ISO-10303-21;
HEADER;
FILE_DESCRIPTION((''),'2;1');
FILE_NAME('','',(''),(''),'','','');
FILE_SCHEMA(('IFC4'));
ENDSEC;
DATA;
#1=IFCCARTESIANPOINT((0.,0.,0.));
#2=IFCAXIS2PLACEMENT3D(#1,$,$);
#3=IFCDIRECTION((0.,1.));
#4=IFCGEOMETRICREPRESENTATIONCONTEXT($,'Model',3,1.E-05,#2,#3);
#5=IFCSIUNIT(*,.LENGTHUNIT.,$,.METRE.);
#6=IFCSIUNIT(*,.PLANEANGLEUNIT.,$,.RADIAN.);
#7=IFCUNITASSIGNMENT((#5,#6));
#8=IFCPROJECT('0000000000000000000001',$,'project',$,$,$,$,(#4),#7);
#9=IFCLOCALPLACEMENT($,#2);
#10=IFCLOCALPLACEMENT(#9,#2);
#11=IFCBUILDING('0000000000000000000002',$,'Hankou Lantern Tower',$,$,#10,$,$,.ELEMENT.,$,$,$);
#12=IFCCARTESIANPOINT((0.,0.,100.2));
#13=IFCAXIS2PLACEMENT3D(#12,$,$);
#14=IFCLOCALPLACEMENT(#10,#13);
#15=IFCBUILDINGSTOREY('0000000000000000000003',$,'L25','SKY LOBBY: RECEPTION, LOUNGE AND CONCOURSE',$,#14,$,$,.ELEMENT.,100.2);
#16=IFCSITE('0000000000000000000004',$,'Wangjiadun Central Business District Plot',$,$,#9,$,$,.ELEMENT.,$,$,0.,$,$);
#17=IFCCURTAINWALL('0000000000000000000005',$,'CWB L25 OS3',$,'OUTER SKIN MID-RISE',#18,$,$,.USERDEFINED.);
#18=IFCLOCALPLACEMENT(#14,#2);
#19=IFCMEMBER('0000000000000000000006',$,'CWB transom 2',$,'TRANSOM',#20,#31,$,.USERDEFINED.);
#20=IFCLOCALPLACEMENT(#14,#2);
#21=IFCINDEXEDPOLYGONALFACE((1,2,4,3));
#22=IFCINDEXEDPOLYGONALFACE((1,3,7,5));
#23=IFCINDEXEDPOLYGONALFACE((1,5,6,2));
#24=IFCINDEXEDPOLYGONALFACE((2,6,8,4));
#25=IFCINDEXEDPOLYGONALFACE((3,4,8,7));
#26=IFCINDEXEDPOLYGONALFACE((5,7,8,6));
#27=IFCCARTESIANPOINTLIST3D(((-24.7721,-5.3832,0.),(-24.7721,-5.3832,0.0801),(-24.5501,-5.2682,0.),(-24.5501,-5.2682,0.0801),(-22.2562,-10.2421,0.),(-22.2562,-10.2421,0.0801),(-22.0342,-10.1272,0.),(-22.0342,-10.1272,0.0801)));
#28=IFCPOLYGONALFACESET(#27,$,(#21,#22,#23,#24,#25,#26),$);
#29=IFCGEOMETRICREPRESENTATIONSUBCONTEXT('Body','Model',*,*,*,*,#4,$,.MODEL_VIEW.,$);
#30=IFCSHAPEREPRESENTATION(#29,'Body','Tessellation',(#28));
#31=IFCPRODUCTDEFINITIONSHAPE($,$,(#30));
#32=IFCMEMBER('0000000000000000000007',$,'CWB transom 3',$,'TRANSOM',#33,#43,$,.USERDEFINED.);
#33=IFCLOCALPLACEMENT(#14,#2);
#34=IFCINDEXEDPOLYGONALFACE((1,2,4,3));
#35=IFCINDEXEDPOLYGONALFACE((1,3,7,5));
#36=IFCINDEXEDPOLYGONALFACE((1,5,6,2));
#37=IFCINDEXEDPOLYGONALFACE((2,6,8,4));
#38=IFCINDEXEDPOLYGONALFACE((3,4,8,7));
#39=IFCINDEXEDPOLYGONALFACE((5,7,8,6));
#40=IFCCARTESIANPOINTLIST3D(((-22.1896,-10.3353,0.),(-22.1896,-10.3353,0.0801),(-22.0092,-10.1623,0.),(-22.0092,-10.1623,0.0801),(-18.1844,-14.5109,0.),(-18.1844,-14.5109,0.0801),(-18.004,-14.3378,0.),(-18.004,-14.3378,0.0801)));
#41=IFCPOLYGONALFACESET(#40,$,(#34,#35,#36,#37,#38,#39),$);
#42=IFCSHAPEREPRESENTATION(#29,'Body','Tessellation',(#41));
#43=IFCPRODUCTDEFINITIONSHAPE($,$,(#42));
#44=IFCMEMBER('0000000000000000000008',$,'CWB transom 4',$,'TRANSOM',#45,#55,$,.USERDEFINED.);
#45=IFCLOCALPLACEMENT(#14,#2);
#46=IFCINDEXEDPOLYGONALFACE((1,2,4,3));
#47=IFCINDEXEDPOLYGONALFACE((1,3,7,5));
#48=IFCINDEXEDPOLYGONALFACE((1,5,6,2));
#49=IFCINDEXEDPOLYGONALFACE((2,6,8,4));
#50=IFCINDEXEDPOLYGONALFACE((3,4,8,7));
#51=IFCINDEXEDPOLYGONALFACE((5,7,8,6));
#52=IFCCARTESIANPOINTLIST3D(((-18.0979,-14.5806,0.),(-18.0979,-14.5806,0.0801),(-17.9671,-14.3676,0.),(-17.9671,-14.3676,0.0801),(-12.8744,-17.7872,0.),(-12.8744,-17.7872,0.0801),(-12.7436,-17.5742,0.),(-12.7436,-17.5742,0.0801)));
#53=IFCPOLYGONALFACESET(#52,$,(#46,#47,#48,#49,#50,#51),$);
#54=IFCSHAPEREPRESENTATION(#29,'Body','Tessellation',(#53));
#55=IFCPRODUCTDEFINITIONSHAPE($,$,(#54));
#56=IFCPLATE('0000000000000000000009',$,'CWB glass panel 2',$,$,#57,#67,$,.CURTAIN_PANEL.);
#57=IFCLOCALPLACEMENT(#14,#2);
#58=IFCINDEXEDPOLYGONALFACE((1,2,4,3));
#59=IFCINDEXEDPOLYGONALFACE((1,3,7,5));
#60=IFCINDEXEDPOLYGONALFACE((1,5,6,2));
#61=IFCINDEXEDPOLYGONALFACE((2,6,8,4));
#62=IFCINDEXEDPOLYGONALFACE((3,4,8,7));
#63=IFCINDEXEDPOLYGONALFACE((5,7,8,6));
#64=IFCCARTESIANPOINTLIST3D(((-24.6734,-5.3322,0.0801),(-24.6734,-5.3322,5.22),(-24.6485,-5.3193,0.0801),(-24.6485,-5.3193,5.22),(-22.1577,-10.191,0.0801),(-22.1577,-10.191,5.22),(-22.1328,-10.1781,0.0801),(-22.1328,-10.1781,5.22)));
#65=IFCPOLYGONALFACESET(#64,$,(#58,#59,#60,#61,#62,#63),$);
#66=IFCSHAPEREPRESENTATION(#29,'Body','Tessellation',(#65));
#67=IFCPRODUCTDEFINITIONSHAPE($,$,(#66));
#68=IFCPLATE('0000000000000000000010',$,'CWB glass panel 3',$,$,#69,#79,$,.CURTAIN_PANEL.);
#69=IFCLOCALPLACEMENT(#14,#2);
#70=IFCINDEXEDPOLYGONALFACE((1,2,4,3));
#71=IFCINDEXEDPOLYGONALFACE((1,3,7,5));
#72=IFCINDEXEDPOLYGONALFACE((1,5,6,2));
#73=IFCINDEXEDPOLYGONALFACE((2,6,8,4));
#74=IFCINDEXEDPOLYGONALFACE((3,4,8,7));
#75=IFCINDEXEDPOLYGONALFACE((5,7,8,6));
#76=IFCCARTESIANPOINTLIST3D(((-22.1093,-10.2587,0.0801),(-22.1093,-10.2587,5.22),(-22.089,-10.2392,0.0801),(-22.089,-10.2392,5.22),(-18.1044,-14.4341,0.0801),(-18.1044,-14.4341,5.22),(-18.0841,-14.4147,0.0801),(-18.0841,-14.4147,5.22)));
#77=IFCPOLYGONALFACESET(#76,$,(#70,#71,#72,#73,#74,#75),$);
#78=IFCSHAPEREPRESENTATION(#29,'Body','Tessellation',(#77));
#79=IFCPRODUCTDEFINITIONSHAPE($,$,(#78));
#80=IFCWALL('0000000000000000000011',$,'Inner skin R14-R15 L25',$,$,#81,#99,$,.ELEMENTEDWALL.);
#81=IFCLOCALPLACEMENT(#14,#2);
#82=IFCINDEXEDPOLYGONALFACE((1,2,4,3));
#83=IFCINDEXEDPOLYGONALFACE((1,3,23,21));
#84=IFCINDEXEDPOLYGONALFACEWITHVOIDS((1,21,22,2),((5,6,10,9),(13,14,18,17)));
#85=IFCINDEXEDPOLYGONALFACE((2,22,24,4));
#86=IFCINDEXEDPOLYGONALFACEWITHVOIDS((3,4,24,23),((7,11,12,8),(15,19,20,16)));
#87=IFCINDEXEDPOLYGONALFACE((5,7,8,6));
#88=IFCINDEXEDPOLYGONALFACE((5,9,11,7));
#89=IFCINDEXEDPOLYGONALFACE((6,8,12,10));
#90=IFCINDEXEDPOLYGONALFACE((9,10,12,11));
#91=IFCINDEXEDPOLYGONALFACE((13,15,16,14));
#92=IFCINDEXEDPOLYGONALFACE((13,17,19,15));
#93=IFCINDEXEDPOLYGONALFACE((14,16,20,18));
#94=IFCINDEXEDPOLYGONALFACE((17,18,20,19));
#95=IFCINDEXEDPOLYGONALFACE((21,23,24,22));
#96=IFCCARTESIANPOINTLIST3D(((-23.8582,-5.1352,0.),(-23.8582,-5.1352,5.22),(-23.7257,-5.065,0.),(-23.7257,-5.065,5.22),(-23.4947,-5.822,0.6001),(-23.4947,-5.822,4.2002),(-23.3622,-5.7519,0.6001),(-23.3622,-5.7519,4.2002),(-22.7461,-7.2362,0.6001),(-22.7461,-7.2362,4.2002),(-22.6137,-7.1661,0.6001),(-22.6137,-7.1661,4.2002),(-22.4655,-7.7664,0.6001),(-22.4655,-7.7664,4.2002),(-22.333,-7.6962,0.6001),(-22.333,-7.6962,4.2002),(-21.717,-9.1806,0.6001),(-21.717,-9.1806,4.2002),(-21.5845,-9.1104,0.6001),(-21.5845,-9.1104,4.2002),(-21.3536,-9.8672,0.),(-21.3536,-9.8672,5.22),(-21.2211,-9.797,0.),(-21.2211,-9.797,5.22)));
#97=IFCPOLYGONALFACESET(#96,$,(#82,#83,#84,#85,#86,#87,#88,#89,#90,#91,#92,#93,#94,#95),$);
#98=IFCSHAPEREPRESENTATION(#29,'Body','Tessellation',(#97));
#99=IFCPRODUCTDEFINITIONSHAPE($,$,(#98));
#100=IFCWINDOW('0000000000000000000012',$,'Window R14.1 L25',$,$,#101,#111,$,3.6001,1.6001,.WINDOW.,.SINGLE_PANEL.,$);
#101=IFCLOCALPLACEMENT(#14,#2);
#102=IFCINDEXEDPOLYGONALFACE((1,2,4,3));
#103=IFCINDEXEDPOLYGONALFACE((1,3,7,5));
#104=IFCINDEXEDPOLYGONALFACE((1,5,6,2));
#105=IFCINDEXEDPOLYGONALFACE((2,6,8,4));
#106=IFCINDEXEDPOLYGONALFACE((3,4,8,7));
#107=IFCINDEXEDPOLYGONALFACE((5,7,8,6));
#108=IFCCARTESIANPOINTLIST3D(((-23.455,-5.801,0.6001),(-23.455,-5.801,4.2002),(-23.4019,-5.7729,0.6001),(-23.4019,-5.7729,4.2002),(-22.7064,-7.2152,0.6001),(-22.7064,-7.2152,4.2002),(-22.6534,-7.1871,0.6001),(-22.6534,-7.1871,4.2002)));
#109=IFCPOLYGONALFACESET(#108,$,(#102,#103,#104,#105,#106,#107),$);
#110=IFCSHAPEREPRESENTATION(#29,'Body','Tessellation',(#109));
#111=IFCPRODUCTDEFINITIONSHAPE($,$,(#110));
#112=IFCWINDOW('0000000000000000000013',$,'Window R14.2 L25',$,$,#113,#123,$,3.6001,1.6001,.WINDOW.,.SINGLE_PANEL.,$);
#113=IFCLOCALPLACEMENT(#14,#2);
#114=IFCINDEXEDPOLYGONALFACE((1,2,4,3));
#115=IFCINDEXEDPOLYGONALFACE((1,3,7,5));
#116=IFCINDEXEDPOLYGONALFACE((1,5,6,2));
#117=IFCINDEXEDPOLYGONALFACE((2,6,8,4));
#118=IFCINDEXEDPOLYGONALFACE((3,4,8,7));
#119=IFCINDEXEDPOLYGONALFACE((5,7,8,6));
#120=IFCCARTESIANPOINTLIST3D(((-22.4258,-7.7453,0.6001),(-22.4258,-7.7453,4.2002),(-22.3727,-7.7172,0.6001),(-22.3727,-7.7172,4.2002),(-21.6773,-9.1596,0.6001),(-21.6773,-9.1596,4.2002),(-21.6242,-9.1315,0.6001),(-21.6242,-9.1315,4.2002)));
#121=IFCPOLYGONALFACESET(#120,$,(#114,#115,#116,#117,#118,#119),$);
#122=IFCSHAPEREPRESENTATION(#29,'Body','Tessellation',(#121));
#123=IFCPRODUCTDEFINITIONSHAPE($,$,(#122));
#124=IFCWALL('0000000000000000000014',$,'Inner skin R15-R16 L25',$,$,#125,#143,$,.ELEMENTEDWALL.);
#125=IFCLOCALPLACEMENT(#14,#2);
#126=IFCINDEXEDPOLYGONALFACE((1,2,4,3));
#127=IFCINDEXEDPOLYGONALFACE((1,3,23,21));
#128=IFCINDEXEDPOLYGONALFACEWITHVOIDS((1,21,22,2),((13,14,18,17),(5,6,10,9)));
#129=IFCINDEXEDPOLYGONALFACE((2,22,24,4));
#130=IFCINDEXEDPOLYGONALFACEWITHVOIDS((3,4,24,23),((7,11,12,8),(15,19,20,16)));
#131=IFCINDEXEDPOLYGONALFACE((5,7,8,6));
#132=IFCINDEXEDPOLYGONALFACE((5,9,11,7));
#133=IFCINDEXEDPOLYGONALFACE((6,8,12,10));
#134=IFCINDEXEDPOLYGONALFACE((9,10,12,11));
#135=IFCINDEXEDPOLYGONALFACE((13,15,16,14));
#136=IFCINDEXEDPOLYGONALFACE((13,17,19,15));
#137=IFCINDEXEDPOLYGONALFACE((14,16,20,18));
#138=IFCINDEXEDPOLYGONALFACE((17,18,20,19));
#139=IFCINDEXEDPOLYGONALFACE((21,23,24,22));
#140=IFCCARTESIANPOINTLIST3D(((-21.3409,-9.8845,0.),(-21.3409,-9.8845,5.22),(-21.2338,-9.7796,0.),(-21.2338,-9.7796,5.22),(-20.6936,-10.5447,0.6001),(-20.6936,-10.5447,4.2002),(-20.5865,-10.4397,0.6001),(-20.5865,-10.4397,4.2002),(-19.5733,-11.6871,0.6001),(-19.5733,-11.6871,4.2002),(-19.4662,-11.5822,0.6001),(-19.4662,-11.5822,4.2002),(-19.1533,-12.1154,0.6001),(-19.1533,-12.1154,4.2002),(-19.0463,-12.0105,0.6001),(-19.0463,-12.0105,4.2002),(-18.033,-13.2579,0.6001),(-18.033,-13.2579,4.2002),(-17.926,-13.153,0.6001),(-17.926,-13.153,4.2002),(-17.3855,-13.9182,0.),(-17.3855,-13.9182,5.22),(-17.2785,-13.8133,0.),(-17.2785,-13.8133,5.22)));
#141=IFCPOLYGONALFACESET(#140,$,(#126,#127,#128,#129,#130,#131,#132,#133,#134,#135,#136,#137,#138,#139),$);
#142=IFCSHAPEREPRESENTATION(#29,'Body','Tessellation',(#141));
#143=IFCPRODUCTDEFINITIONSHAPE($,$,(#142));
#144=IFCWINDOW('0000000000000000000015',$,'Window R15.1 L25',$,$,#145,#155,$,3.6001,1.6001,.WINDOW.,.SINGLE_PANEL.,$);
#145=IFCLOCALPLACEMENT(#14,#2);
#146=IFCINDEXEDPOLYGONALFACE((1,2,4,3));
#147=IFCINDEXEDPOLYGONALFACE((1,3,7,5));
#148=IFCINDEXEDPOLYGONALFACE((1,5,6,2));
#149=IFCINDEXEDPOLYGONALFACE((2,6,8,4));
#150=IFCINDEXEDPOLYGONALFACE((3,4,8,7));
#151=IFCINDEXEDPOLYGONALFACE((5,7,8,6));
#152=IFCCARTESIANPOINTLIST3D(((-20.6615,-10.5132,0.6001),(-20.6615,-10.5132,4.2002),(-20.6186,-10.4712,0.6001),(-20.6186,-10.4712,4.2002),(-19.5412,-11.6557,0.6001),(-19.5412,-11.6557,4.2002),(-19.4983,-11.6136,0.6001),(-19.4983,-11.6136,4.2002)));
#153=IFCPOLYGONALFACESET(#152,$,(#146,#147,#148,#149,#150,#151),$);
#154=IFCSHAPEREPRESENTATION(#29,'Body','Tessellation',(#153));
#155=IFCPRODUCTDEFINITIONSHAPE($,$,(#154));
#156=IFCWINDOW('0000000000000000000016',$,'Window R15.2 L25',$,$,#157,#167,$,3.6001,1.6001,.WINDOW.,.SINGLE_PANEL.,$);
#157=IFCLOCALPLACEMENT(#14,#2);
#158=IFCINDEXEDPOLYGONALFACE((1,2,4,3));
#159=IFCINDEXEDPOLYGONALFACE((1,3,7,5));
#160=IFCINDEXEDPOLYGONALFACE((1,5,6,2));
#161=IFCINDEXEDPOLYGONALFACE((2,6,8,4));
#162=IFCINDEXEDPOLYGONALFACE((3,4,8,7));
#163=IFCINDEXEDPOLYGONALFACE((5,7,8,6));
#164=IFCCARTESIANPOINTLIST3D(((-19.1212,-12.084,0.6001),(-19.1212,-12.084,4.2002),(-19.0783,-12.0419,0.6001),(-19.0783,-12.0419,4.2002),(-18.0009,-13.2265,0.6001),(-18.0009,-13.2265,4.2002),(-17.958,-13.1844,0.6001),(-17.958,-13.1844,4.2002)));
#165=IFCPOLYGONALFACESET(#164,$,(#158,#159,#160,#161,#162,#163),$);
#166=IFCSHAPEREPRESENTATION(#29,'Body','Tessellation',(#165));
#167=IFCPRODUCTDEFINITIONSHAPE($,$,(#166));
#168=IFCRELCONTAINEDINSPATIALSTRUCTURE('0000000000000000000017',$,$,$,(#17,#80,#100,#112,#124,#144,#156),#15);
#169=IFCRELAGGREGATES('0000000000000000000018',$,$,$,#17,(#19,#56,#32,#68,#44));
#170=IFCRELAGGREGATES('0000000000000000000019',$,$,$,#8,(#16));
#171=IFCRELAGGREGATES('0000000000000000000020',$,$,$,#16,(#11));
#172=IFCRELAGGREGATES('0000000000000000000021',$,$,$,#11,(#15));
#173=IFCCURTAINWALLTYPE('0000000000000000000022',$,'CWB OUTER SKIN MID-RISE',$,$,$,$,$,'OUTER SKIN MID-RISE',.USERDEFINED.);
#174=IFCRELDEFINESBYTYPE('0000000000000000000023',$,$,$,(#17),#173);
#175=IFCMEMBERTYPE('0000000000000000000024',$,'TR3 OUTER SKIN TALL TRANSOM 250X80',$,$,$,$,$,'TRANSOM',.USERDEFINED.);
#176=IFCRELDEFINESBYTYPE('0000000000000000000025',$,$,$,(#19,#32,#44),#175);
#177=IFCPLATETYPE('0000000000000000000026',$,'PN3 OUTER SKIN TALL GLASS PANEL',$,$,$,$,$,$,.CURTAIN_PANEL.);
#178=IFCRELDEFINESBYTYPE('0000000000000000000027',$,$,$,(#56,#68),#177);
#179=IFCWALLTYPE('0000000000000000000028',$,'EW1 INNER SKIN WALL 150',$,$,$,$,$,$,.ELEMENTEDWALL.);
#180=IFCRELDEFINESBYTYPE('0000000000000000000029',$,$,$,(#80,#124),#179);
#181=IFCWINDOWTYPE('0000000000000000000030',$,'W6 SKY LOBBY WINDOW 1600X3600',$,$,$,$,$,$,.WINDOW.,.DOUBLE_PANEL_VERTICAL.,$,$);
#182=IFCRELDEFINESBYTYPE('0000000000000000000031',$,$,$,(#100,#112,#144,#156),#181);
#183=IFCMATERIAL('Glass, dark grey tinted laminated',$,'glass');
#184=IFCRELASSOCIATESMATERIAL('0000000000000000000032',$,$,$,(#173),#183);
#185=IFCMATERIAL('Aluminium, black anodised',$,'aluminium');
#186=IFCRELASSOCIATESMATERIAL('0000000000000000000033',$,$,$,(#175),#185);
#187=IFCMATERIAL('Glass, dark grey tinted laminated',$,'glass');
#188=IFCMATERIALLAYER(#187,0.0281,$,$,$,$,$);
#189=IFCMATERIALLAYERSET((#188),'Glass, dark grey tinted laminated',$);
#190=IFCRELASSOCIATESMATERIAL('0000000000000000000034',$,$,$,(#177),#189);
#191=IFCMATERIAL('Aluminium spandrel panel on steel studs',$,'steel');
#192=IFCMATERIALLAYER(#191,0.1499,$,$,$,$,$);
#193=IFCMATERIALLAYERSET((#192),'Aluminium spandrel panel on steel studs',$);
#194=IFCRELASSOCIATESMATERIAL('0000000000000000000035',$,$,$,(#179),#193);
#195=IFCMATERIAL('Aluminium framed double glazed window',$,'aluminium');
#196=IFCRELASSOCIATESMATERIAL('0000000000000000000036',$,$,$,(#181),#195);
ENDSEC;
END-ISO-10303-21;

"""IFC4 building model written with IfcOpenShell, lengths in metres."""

from ifc_helpers import new_model, si_unit, direction, frame, frame_2d, origin, origin_2d, place, context, subcontext, project, spatial, rectangle, extrude, material, layer, layer_set, material_profile, profile_set, type_object, element, fill, aggregate, save


model = new_model("IFC4")

# Units and contexts
model_context = context("Model", 3, precision=1e-05, world=origin(), true_north=direction((0.0, 1.0)))
body_context = subcontext(model_context, "Body", "Model", "MODEL_VIEW")
ifc_project = project(units=[si_unit("LENGTHUNIT", "METRE"), si_unit("PLANEANGLEUNIT", "RADIAN")], contexts=[model_context])

# Site, building, storey
site_placement = place(None, origin())
site = spatial("IfcSite", under=ifc_project, at=site_placement, Name="Wangjiadun Central Business District Plot", CompositionType="ELEMENT", RefElevation=0.0)
building_placement = place(site_placement, origin())
building = spatial("IfcBuilding", under=site, at=building_placement, Name="Hankou Lantern Tower", CompositionType="ELEMENT")
storey_placement = place(building_placement, frame((0.0, 0.0, 100.2)))
storey = spatial("IfcBuildingStorey", under=building, at=storey_placement, Name="L25", Description="SKY LOBBY: RECEPTION, LOUNGE AND CONCOURSE", CompositionType="ELEMENT", Elevation=100.2)

# Curtain wall
ifc_material_1 = material(Name="Glass, dark grey tinted laminated", Category="glass")
curtain_wall_type = type_object("IfcCurtainWallType", Name="CWB OUTER SKIN MID-RISE", ElementType="OUTER SKIN MID-RISE", PredefinedType="USERDEFINED", material=ifc_material_1)
curtain_wall_placement = place(storey_placement, origin())
curtain_wall = element("IfcCurtainWall", 1, at=curtain_wall_placement, inside=storey, type_object=curtain_wall_type, Name="CWB L25 OS3", ObjectType="OUTER SKIN MID-RISE", PredefinedType="USERDEFINED")

# Members
ifc_material_2 = material(Name="Aluminium, black anodised", Category="aluminium")
ifc_material_profile_1 = material_profile(ifc_material_2, rectangle(XDim=0.25, YDim=0.0801, at=origin_2d()), Name="TR3 250X80")
ifc_profile_set_1 = profile_set([ifc_material_profile_1], Name="Aluminium, black anodised")
member_type_1 = type_object("IfcMemberType", Name="TR3 OUTER SKIN TALL TRANSOM 250X80", ElementType="TRANSOM", PredefinedType="USERDEFINED", material=ifc_profile_set_1)
member_1_placement = place(storey_placement, frame((-24.6611, -5.3257, 0.04), z_axis=(0.459805, -0.88802, 0.0), x_axis=(0.88802, 0.459805, 0.0)))
member_1 = element("IfcMember", 2, at=member_1_placement, type_object=member_type_1, Name="CWB transom 2", ObjectType="TRANSOM", PredefinedType="USERDEFINED", context=body_context, shape_type="SweptSolid", body=[
    extrude(rectangle(XDim=0.25, YDim=0.0801, at=origin_2d()), origin(), (0.0, 0.0, 1.0), 5.4717),
])
member_2_placement = place(storey_placement, frame((-22.0994, -10.2488, 0.04), z_axis=(0.692227, -0.72168, 0.0), x_axis=(0.72168, 0.692227, 0.0)))
member_2 = element("IfcMember", 3, at=member_2_placement, type_object=member_type_1, Name="CWB transom 3", ObjectType="TRANSOM", PredefinedType="USERDEFINED", context=body_context, shape_type="SweptSolid", body=[
    extrude(rectangle(XDim=0.25, YDim=0.0801, at=origin_2d()), origin(), (0.0, 0.0, 1.0), 5.7859),
])
member_3_placement = place(storey_placement, frame((-18.0325, -14.4741, 0.04), z_axis=(0.852229, -0.523168, 0.0), x_axis=(0.523168, 0.852229, 0.0)))
member_3 = element("IfcMember", 4, at=member_3_placement, type_object=member_type_1, Name="CWB transom 4", ObjectType="TRANSOM", PredefinedType="USERDEFINED", context=body_context, shape_type="SweptSolid", body=[
    extrude(rectangle(XDim=0.25, YDim=0.0801, at=origin_2d()), origin(), (0.0, 0.0, 1.0), 6.1292),
])

# Plates
ifc_material_3 = material(Name="Glass, dark grey tinted laminated", Category="glass")
ifc_layer_1 = layer(ifc_material_3, 0.0281)
ifc_layer_set_1 = layer_set([ifc_layer_1], Name="Glass, dark grey tinted laminated")
plate_type = type_object("IfcPlateType", Name="PN3 OUTER SKIN TALL GLASS PANEL", PredefinedType="CURTAIN_PANEL", material=ifc_layer_set_1)
plate_1_placement = place(storey_placement, frame((-23.4031, -7.7551, 0.0801), z_axis=(0.0, 0.0, 1.0), x_axis=(0.459791, -0.888027, 0.0)))
plate_1 = element("IfcPlate", 5, at=plate_1_placement, type_object=plate_type, Name="CWB glass panel 2", PredefinedType="CURTAIN_PANEL", context=body_context, shape_type="SweptSolid", body=[
    extrude(rectangle(XDim=5.4714, YDim=0.0281, at=origin_2d()), origin(), (0.0, 0.0, 1.0), 5.1399),
])
plate_2_placement = place(storey_placement, frame((-20.0967, -12.3367, 0.0801), z_axis=(0.0, 0.0, 1.0), x_axis=(0.692216, -0.721691, 0.0)))
plate_2 = element("IfcPlate", 6, at=plate_2_placement, type_object=plate_type, Name="CWB glass panel 3", PredefinedType="CURTAIN_PANEL", context=body_context, shape_type="SweptSolid", body=[
    extrude(rectangle(XDim=5.7856, YDim=0.0281, at=origin_2d()), origin(), (0.0, 0.0, 1.0), 5.1399),
])
aggregate(curtain_wall, [member_1, plate_1, member_2, plate_2, member_3])

# Walls, openings, windows
ifc_material_4 = material(Name="Aluminium spandrel panel on steel studs", Category="steel")
ifc_layer_2 = layer(ifc_material_4, 0.1499)
ifc_layer_set_2 = layer_set([ifc_layer_2], Name="Aluminium spandrel panel on steel studs")
wall_type_1 = type_object("IfcWallType", Name="EW1 INNER SKIN WALL 150", PredefinedType="ELEMENTEDWALL", material=ifc_layer_set_2)
wall_1_placement = place(storey_placement, frame((-23.792, -5.1001, 0.0), z_axis=(0.0, 0.0, 1.0), x_axis=(0.467814, -0.883827, 0.0)))
wall_1 = element("IfcWall", 7, at=wall_1_placement, inside=storey, type_object=wall_type_1, Name="Inner skin R14-R15 L25", PredefinedType="ELEMENTEDWALL", context=body_context, shape_type="SweptSolid", body=[
    extrude(rectangle(XDim=5.354, YDim=0.1499, at=frame_2d((2.677, 0.0))), origin(), (0.0, 0.0, 1.0), 5.22),
])
opening_1_placement = place(wall_1_placement, frame((0.7771, 0.0, 0.6001)))
opening_1 = element("IfcOpeningElement", 8, at=opening_1_placement, cuts=wall_1, PredefinedType="OPENING", context=body_context, shape_type="SweptSolid", body=[
    extrude(rectangle(XDim=1.6001, YDim=3.6001, at=frame_2d((0.8, 1.8))), frame((0.0, 0.085, 0.0), z_axis=(0.0, -1.0, 0.0), x_axis=(1.0, 0.0, 0.0)), (0.0, 0.0, 1.0), 0.1699),
])
opening_2_placement = place(wall_1_placement, frame((2.9771, 0.0, 0.6001)))
opening_2 = element("IfcOpeningElement", 9, at=opening_2_placement, cuts=wall_1, PredefinedType="OPENING", context=body_context, shape_type="SweptSolid", body=[
    extrude(rectangle(XDim=1.6001, YDim=3.6001, at=frame_2d((0.8, 1.8))), frame((0.0, 0.085, 0.0), z_axis=(0.0, -1.0, 0.0), x_axis=(1.0, 0.0, 0.0)), (0.0, 0.0, 1.0), 0.1699),
])
ifc_material_5 = material(Name="Aluminium framed double glazed window", Category="aluminium")
window_type = type_object("IfcWindowType", Name="W6 SKY LOBBY WINDOW 1600X3600", PartitioningType="DOUBLE_PANEL_VERTICAL", PredefinedType="WINDOW", material=ifc_material_5)
window_1_placement = place(opening_1_placement, origin())
window_1 = element("IfcWindow", 10, at=window_1_placement, inside=storey, type_object=window_type, Name="Window R14.1 L25", OverallHeight=3.6001, OverallWidth=1.6001, PartitioningType="SINGLE_PANEL", PredefinedType="WINDOW", context=body_context, shape_type="SweptSolid", body=[
    extrude(rectangle(XDim=1.6001, YDim=3.6001, at=frame_2d((0.8, 1.8))), frame((0.0, 0.03, 0.0), z_axis=(0.0, -1.0, 0.0), x_axis=(1.0, 0.0, 0.0)), (0.0, 0.0, 1.0), 0.0601),
])
fill(opening_1, window_1)
window_2_placement = place(opening_2_placement, origin())
window_2 = element("IfcWindow", 11, at=window_2_placement, inside=storey, type_object=window_type, Name="Window R14.2 L25", OverallHeight=3.6001, OverallWidth=1.6001, PartitioningType="SINGLE_PANEL", PredefinedType="WINDOW", context=body_context, shape_type="SweptSolid", body=[
    extrude(rectangle(XDim=1.6001, YDim=3.6001, at=frame_2d((0.8, 1.8))), frame((0.0, 0.03, 0.0), z_axis=(0.0, -1.0, 0.0), x_axis=(1.0, 0.0, 0.0)), (0.0, 0.0, 1.0), 0.0601),
])
fill(opening_2, window_2)
wall_2_placement = place(storey_placement, frame((-21.2874, -9.832, 0.0), z_axis=(0.0, 0.0, 1.0), x_axis=(0.700137, -0.714009, 0.0)))
wall_2 = element("IfcWall", 12, at=wall_2_placement, inside=storey, type_object=wall_type_1, Name="Inner skin R15-R16 L25", PredefinedType="ELEMENTEDWALL", context=body_context, shape_type="SweptSolid", body=[
    extrude(rectangle(XDim=5.6494, YDim=0.1499, at=frame_2d((2.8247, 0.0))), origin(), (0.0, 0.0, 1.0), 5.22),
])
opening_3_placement = place(wall_2_placement, frame((0.9246, 0.0, 0.6001)))
opening_3 = element("IfcOpeningElement", 13, at=opening_3_placement, cuts=wall_2, PredefinedType="OPENING", context=body_context, shape_type="SweptSolid", body=[
    extrude(rectangle(XDim=1.6001, YDim=3.6001, at=frame_2d((0.8, 1.8))), frame((0.0, 0.085, 0.0), z_axis=(0.0, -1.0, 0.0), x_axis=(1.0, 0.0, 0.0)), (0.0, 0.0, 1.0), 0.1699),
])
opening_4_placement = place(wall_2_placement, frame((3.1245, 0.0, 0.6001)))
opening_4 = element("IfcOpeningElement", 14, at=opening_4_placement, cuts=wall_2, PredefinedType="OPENING", context=body_context, shape_type="SweptSolid", body=[
    extrude(rectangle(XDim=1.6001, YDim=3.6001, at=frame_2d((0.8, 1.8))), frame((0.0, 0.085, 0.0), z_axis=(0.0, -1.0, 0.0), x_axis=(1.0, 0.0, 0.0)), (0.0, 0.0, 1.0), 0.1699),
])
window_3_placement = place(opening_3_placement, origin())
window_3 = element("IfcWindow", 15, at=window_3_placement, inside=storey, type_object=window_type, Name="Window R15.1 L25", OverallHeight=3.6001, OverallWidth=1.6001, PartitioningType="SINGLE_PANEL", PredefinedType="WINDOW", context=body_context, shape_type="SweptSolid", body=[
    extrude(rectangle(XDim=1.6001, YDim=3.6001, at=frame_2d((0.8, 1.8))), frame((0.0, 0.03, 0.0), z_axis=(0.0, -1.0, 0.0), x_axis=(1.0, 0.0, 0.0)), (0.0, 0.0, 1.0), 0.0601),
])
fill(opening_3, window_3)
window_4_placement = place(opening_4_placement, origin())
window_4 = element("IfcWindow", 16, at=window_4_placement, inside=storey, type_object=window_type, Name="Window R15.2 L25", OverallHeight=3.6001, OverallWidth=1.6001, PartitioningType="SINGLE_PANEL", PredefinedType="WINDOW", context=body_context, shape_type="SweptSolid", body=[
    extrude(rectangle(XDim=1.6001, YDim=3.6001, at=frame_2d((0.8, 1.8))), frame((0.0, 0.03, 0.0), z_axis=(0.0, -1.0, 0.0), x_axis=(1.0, 0.0, 0.0)), (0.0, 0.0, 1.0), 0.0601),
])
fill(opening_4, window_4)

save(model, "model.ifc")
